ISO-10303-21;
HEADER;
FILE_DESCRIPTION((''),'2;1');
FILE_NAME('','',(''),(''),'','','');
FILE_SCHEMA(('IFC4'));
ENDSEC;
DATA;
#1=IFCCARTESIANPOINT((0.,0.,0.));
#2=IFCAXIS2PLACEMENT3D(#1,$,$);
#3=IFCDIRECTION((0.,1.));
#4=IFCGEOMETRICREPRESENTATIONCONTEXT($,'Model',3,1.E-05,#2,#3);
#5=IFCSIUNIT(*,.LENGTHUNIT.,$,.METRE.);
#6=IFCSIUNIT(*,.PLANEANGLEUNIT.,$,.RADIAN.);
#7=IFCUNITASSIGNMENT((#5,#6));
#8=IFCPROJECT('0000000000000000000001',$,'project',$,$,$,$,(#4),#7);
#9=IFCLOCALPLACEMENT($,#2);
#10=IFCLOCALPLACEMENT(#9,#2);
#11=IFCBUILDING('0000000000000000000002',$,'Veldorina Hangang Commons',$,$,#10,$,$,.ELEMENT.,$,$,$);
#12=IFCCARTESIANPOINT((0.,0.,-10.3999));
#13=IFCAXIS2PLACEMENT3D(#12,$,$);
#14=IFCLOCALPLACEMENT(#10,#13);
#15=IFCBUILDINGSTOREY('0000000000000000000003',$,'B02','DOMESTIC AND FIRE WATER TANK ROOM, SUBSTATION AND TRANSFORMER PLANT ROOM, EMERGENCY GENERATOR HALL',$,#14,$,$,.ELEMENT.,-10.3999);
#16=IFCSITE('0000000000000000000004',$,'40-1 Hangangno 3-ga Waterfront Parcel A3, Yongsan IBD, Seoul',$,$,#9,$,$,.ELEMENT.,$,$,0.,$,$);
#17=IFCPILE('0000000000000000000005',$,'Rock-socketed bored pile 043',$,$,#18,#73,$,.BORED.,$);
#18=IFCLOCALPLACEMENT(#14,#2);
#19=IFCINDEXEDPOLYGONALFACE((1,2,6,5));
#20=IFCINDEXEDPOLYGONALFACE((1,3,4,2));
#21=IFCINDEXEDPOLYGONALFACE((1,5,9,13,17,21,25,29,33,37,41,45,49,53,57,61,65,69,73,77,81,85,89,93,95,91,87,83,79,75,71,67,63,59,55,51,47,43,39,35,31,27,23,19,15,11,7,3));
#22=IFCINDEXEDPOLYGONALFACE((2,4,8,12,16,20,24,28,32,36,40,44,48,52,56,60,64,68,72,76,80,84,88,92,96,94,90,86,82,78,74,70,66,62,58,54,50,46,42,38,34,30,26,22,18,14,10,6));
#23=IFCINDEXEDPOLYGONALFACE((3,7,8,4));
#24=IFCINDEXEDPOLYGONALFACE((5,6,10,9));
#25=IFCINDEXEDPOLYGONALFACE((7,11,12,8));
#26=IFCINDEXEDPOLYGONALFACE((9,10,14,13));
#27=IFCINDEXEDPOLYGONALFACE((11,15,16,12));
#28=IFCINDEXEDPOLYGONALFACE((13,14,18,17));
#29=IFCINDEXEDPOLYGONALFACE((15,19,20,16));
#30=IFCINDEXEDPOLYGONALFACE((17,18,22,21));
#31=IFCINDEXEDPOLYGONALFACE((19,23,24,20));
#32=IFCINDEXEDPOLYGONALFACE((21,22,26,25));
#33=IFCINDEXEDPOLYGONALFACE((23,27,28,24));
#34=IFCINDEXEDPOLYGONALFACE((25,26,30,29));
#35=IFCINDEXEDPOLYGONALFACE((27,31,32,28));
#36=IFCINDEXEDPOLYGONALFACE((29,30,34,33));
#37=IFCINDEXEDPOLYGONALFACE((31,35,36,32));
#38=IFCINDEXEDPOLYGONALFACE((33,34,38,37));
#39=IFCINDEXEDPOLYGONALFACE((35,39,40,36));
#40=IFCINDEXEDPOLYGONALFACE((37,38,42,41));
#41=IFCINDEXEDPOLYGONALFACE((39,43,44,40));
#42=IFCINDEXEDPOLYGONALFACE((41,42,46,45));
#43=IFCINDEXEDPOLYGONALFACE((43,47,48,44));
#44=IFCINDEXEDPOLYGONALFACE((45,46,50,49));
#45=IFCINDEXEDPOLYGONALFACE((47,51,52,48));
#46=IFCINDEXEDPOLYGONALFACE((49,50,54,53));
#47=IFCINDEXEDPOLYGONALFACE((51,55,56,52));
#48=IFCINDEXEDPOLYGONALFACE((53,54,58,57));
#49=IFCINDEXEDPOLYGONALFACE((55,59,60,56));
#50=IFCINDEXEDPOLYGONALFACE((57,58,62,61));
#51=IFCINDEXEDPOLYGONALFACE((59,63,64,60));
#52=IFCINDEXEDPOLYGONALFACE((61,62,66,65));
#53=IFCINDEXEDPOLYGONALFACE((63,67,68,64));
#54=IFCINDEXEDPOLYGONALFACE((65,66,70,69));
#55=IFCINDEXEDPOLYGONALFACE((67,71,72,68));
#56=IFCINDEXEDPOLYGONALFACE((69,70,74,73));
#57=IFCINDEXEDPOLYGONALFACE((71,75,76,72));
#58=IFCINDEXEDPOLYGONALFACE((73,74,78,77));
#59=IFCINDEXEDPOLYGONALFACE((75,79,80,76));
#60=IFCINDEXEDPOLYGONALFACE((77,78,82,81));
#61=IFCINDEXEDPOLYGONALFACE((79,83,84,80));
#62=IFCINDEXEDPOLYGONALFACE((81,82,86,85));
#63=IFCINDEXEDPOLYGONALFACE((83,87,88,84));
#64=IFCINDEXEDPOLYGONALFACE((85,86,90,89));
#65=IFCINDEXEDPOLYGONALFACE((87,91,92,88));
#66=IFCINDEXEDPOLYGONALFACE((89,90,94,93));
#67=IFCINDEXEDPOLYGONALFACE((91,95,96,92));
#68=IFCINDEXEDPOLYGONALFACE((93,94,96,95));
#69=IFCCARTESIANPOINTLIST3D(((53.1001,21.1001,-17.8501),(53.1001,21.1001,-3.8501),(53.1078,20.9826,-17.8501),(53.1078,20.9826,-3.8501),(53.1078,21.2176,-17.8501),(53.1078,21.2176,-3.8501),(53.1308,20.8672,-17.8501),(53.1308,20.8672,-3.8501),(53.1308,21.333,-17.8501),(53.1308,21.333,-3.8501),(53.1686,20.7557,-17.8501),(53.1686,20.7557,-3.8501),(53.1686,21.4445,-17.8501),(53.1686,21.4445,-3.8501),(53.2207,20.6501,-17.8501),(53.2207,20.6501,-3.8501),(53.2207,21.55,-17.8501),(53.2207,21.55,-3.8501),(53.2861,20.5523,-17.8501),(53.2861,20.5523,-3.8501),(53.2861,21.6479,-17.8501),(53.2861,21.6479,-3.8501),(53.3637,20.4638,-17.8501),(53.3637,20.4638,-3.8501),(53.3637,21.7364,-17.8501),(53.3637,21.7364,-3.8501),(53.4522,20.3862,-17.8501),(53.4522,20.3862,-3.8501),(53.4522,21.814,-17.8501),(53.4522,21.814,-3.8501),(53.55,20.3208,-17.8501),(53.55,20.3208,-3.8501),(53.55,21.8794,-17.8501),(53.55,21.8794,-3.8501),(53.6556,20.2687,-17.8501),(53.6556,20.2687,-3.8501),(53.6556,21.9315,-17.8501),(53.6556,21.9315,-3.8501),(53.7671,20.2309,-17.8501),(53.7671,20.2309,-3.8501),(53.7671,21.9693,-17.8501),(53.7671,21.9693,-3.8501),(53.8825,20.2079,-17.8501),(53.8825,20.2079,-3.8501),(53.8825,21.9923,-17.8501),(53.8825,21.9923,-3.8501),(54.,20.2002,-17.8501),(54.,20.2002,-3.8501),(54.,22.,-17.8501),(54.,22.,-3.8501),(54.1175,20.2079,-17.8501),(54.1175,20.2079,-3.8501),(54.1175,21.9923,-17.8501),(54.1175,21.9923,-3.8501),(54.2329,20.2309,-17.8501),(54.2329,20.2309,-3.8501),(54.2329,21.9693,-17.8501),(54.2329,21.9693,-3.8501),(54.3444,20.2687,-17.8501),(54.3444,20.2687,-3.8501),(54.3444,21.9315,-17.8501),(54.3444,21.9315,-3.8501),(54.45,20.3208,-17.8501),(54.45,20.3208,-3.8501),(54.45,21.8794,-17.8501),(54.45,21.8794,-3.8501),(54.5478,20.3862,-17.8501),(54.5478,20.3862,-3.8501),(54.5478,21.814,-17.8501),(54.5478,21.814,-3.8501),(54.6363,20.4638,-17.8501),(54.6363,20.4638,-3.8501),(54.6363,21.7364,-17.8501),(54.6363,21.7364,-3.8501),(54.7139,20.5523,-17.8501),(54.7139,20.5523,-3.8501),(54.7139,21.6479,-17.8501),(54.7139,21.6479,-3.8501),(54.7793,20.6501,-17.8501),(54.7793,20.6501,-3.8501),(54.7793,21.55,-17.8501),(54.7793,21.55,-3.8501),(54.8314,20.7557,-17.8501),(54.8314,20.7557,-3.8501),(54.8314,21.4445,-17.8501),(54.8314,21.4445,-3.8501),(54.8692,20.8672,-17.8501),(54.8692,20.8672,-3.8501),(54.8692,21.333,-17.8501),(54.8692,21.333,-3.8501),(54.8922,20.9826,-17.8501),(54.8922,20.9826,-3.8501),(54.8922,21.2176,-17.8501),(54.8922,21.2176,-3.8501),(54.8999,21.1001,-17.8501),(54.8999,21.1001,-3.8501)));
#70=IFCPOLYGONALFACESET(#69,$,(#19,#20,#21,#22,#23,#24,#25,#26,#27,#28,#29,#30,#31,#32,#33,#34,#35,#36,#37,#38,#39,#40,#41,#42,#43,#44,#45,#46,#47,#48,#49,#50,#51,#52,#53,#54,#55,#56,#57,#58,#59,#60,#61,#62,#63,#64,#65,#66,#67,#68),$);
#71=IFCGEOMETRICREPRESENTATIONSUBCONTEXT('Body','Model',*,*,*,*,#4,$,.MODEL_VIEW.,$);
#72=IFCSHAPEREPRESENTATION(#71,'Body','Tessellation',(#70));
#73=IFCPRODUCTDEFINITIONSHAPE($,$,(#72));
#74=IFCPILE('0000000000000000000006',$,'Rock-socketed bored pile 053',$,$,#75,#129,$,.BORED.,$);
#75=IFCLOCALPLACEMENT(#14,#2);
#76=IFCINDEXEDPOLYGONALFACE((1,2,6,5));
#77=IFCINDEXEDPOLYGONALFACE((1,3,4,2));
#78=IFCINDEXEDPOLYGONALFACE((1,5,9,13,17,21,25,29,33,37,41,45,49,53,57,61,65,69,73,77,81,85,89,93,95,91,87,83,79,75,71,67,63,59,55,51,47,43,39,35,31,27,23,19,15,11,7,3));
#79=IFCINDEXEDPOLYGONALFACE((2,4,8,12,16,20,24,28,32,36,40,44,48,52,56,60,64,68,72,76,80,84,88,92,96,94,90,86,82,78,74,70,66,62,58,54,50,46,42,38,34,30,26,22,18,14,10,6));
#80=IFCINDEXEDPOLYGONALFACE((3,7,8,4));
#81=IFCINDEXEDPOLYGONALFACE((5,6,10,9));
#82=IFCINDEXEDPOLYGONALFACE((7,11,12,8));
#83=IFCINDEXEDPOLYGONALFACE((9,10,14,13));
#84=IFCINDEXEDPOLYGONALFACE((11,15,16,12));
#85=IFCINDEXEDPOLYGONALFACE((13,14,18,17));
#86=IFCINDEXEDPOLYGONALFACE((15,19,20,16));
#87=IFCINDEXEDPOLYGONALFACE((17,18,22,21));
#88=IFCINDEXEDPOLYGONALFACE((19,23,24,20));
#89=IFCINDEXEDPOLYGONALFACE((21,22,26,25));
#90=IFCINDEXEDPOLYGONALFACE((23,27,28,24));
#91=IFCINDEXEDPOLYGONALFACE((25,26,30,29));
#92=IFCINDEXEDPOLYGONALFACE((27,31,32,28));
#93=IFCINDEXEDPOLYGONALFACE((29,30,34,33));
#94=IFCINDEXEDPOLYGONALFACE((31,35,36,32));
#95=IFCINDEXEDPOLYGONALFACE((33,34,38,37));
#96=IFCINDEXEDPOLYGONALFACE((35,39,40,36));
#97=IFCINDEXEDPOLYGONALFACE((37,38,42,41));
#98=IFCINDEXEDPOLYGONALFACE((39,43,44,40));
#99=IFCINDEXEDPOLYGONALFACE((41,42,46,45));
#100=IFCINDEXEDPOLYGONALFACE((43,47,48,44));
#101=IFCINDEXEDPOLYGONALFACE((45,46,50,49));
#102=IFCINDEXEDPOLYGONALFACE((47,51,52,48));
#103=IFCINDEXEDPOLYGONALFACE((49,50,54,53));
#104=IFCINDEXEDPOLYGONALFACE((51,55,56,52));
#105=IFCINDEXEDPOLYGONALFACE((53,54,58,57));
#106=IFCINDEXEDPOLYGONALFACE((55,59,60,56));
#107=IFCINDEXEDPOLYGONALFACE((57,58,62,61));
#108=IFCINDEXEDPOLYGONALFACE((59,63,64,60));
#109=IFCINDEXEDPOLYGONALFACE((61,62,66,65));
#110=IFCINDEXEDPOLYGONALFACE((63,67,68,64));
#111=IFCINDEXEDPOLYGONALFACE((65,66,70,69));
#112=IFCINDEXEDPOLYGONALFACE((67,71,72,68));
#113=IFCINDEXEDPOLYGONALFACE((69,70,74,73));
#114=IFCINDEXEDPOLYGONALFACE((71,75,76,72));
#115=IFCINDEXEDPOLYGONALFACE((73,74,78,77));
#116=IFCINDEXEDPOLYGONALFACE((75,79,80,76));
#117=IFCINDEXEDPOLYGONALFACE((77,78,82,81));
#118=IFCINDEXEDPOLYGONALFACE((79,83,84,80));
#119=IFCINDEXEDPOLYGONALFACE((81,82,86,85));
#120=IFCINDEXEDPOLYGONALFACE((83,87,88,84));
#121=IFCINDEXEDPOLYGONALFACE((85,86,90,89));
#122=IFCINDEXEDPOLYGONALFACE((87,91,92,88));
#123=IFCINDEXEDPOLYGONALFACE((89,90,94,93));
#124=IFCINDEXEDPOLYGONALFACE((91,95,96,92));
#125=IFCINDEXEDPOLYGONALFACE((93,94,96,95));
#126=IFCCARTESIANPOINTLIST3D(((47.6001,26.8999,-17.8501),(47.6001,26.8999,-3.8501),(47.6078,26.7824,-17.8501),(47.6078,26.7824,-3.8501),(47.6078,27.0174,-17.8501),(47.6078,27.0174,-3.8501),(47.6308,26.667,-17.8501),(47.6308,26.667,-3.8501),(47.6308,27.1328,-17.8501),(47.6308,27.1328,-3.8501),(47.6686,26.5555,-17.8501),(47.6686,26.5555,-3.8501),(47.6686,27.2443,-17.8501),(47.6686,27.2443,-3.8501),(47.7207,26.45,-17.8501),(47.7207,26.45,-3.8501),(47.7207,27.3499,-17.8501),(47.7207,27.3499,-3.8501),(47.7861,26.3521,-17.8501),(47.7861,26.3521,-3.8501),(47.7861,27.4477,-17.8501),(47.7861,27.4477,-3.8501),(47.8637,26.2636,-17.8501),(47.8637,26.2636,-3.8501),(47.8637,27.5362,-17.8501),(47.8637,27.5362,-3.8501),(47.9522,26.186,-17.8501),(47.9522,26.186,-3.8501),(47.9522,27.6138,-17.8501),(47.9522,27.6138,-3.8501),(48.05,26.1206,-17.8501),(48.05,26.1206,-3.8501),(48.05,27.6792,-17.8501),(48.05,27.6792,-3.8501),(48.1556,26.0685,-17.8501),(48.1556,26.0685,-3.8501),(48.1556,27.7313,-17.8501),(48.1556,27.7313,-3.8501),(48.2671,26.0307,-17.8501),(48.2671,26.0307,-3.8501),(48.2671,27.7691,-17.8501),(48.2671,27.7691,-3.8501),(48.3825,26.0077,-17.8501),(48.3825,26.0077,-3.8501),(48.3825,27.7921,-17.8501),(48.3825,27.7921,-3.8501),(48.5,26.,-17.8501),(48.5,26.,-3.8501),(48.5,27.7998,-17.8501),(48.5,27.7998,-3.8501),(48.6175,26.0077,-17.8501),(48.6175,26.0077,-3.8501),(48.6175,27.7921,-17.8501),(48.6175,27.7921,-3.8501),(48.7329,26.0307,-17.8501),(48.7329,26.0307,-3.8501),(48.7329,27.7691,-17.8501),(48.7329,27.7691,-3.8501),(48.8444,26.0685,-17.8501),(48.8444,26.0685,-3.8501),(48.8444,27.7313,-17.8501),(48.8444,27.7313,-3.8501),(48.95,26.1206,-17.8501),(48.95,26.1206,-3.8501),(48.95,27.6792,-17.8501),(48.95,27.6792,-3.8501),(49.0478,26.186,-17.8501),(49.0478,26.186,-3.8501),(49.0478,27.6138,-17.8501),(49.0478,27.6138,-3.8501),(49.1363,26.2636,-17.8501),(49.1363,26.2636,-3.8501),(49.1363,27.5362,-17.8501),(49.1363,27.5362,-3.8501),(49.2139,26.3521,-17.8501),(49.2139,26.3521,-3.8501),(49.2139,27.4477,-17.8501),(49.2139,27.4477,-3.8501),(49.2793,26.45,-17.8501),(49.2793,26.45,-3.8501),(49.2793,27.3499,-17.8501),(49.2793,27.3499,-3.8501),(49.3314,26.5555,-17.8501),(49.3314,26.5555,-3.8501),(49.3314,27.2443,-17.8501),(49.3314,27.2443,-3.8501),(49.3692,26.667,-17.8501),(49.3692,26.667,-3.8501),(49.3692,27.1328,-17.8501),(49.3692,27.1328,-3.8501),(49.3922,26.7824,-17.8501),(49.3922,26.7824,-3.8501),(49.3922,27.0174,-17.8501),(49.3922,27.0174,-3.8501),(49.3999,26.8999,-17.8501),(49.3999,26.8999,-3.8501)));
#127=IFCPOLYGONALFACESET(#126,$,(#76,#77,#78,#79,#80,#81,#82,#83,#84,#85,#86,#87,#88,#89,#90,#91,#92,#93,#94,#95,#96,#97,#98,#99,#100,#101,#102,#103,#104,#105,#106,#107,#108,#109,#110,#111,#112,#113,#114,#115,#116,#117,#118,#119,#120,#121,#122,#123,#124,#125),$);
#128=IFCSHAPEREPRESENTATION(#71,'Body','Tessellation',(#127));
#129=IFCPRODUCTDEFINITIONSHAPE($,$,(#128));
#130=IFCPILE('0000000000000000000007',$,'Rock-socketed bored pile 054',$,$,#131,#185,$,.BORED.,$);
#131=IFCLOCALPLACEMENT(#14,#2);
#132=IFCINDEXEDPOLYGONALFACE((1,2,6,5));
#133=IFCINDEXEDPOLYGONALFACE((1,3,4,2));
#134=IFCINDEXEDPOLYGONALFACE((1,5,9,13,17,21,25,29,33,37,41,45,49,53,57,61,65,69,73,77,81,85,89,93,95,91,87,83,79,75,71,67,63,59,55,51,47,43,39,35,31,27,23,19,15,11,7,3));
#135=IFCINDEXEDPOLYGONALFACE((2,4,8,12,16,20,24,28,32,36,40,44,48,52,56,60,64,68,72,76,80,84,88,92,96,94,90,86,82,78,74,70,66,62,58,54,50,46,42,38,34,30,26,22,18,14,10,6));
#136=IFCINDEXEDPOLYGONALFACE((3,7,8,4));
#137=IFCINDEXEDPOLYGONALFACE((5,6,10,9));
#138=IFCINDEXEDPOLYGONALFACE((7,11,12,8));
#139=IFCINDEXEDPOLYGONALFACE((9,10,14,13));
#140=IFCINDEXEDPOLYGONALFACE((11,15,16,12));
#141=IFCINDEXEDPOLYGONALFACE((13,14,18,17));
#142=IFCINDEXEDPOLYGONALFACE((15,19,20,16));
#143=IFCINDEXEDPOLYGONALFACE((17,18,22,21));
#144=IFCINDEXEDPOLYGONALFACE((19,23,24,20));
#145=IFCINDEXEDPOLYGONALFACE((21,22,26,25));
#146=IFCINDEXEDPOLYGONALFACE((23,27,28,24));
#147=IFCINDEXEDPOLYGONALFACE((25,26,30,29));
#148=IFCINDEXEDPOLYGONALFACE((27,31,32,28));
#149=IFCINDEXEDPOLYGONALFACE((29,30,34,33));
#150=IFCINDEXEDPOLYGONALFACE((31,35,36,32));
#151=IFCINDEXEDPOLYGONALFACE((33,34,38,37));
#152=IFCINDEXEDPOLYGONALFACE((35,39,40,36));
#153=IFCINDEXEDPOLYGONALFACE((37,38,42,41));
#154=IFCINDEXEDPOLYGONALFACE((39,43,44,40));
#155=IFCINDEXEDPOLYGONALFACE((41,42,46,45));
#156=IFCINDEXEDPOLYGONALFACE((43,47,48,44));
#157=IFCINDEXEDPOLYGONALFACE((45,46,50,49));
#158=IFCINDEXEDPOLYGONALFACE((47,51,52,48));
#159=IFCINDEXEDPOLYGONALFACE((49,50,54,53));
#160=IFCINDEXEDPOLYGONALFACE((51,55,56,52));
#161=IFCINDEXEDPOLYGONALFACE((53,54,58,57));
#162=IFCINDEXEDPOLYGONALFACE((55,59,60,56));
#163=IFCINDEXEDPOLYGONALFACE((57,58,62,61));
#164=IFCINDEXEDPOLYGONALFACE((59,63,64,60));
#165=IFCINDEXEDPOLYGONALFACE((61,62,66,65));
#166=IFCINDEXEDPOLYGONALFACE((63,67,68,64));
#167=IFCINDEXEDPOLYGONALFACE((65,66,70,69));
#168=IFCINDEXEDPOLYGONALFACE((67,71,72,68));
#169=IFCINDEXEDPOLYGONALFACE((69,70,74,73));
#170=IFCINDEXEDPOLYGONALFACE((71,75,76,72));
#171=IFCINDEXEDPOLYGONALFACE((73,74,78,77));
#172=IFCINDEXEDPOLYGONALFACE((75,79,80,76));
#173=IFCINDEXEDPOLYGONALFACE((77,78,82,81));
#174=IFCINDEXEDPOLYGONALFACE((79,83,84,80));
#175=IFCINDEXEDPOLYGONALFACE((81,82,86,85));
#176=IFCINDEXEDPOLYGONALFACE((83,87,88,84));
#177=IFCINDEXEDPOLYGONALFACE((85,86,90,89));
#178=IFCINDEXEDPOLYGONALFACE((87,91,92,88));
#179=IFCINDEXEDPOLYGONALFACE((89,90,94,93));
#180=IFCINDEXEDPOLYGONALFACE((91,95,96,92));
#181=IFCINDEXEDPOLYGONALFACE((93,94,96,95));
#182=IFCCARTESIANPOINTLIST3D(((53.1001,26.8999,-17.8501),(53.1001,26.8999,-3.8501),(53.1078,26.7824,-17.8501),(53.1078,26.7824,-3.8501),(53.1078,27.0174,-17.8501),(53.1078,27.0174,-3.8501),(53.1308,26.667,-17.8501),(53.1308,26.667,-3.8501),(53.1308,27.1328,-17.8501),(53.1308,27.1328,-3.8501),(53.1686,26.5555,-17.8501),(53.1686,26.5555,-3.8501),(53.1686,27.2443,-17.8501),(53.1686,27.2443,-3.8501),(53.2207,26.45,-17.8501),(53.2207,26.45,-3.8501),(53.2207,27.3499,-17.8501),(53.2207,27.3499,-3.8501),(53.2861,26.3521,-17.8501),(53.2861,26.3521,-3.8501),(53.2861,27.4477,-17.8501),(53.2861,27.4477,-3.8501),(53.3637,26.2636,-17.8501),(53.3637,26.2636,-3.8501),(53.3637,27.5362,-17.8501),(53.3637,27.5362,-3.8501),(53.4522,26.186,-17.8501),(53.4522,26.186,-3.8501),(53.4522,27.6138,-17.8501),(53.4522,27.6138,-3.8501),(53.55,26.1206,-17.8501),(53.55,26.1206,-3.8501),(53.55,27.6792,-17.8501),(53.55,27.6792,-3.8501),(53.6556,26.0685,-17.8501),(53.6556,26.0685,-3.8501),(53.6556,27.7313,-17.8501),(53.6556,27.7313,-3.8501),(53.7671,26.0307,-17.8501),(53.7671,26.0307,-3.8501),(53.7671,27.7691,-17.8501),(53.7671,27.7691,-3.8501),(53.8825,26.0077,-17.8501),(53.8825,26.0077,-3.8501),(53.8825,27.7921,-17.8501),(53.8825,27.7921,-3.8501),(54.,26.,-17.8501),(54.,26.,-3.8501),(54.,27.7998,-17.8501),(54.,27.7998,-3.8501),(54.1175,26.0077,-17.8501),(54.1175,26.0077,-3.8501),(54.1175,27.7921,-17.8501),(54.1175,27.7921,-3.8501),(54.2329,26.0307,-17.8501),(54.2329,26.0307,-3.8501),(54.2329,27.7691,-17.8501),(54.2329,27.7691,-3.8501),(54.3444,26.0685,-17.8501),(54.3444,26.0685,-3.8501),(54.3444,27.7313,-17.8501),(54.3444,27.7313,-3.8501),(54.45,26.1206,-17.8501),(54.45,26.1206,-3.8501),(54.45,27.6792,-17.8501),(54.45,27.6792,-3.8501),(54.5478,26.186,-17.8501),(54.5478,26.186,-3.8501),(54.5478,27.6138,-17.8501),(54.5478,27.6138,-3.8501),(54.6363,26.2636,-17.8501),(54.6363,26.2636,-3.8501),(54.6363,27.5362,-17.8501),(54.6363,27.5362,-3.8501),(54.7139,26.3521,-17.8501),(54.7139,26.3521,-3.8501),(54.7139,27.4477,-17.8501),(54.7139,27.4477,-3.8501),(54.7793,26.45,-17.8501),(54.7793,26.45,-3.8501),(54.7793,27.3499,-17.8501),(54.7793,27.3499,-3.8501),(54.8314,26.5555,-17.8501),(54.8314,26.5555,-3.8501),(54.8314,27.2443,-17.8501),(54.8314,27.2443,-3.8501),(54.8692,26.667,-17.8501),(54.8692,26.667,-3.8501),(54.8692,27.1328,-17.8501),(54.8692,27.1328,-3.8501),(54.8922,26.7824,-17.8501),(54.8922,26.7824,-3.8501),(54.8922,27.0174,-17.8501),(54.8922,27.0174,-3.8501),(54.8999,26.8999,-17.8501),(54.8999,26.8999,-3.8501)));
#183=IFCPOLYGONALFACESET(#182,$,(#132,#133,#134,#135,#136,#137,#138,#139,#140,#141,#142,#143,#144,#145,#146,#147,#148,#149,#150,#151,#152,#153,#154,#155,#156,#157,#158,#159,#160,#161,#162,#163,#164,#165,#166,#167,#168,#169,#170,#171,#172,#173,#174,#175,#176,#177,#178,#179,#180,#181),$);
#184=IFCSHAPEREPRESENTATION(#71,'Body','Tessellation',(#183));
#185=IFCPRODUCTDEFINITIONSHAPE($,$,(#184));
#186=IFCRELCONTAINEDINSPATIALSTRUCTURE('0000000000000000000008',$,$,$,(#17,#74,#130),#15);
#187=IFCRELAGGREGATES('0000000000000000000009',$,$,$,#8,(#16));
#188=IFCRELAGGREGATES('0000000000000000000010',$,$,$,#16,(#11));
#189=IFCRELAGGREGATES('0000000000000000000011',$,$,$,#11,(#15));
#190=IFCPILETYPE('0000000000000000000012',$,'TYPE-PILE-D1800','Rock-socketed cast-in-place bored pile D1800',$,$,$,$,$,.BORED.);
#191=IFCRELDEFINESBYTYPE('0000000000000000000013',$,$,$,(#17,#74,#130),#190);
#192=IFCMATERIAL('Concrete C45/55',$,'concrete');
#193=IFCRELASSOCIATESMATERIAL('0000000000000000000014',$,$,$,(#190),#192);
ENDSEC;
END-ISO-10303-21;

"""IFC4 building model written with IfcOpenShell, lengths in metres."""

from ifc_helpers import new_model, si_unit, direction, frame, origin, origin_2d, place, context, subcontext, project, spatial, circle, extrude, material, material_profile, profile_set, type_object, element, save


model = new_model("IFC4")

# Units and contexts
model_context = context("Model", 3, precision=1e-05, world=origin(), true_north=direction((0.0, 1.0)))
body_context = subcontext(model_context, "Body", "Model", "MODEL_VIEW")
ifc_project = project(units=[si_unit("LENGTHUNIT", "METRE"), si_unit("PLANEANGLEUNIT", "RADIAN")], contexts=[model_context])

# Site, building, storey
site_placement = place(None, origin())
site = spatial("IfcSite", under=ifc_project, at=site_placement, Name="40-1 Hangangno 3-ga Waterfront Parcel A3, Yongsan IBD, Seoul", CompositionType="ELEMENT", RefElevation=0.0)
building_placement = place(site_placement, origin())
building = spatial("IfcBuilding", under=site, at=building_placement, Name="Veldorina Hangang Commons", CompositionType="ELEMENT")
storey_placement = place(building_placement, frame((0.0, 0.0, -10.3999)))
storey = spatial("IfcBuildingStorey", under=building, at=storey_placement, Name="B02", Description="DOMESTIC AND FIRE WATER TANK ROOM, SUBSTATION AND TRANSFORMER PLANT ROOM, EMERGENCY GENERATOR HALL", CompositionType="ELEMENT", Elevation=-10.3999)

# Piles
ifc_material_1 = material(Name="Concrete C45/55", Category="concrete")
ifc_material_profile_1 = material_profile(ifc_material_1, circle(Radius=0.8999, at=origin_2d()), Name="PILE-D1800")
ifc_profile_set_1 = profile_set([ifc_material_profile_1], Name="Concrete C45/55")
pile_type_1 = type_object("IfcPileType", Name="TYPE-PILE-D1800", Description="Rock-socketed cast-in-place bored pile D1800", PredefinedType="BORED", material=ifc_profile_set_1)
for number, where, z_axis, x_axis, name in (
    (1, (54.0, 21.1001, -3.8501), (0.0, 0.0, -1.0), (1.0, 0.0, 0.0), "Rock-socketed bored pile 043"),
    (2, (48.5, 26.8999, -3.8501), (0.0, 0.0, -1.0), (1.0, 0.0, 0.0), "Rock-socketed bored pile 053"),
    (3, (54.0, 26.8999, -3.8501), (0.0, 0.0, -1.0), (1.0, 0.0, 0.0), "Rock-socketed bored pile 054"),
):
    element("IfcPile", number, at=place(storey_placement, frame(where, z_axis=z_axis, x_axis=x_axis)), inside=storey, type_object=pile_type_1, Name=name, PredefinedType="BORED", context=body_context, shape_type="SweptSolid", body=[
        extrude(circle(Radius=0.8999, at=origin_2d()), origin(), (0.0, 0.0, 1.0), 14.0),
    ])

save(model, "model.ifc")
